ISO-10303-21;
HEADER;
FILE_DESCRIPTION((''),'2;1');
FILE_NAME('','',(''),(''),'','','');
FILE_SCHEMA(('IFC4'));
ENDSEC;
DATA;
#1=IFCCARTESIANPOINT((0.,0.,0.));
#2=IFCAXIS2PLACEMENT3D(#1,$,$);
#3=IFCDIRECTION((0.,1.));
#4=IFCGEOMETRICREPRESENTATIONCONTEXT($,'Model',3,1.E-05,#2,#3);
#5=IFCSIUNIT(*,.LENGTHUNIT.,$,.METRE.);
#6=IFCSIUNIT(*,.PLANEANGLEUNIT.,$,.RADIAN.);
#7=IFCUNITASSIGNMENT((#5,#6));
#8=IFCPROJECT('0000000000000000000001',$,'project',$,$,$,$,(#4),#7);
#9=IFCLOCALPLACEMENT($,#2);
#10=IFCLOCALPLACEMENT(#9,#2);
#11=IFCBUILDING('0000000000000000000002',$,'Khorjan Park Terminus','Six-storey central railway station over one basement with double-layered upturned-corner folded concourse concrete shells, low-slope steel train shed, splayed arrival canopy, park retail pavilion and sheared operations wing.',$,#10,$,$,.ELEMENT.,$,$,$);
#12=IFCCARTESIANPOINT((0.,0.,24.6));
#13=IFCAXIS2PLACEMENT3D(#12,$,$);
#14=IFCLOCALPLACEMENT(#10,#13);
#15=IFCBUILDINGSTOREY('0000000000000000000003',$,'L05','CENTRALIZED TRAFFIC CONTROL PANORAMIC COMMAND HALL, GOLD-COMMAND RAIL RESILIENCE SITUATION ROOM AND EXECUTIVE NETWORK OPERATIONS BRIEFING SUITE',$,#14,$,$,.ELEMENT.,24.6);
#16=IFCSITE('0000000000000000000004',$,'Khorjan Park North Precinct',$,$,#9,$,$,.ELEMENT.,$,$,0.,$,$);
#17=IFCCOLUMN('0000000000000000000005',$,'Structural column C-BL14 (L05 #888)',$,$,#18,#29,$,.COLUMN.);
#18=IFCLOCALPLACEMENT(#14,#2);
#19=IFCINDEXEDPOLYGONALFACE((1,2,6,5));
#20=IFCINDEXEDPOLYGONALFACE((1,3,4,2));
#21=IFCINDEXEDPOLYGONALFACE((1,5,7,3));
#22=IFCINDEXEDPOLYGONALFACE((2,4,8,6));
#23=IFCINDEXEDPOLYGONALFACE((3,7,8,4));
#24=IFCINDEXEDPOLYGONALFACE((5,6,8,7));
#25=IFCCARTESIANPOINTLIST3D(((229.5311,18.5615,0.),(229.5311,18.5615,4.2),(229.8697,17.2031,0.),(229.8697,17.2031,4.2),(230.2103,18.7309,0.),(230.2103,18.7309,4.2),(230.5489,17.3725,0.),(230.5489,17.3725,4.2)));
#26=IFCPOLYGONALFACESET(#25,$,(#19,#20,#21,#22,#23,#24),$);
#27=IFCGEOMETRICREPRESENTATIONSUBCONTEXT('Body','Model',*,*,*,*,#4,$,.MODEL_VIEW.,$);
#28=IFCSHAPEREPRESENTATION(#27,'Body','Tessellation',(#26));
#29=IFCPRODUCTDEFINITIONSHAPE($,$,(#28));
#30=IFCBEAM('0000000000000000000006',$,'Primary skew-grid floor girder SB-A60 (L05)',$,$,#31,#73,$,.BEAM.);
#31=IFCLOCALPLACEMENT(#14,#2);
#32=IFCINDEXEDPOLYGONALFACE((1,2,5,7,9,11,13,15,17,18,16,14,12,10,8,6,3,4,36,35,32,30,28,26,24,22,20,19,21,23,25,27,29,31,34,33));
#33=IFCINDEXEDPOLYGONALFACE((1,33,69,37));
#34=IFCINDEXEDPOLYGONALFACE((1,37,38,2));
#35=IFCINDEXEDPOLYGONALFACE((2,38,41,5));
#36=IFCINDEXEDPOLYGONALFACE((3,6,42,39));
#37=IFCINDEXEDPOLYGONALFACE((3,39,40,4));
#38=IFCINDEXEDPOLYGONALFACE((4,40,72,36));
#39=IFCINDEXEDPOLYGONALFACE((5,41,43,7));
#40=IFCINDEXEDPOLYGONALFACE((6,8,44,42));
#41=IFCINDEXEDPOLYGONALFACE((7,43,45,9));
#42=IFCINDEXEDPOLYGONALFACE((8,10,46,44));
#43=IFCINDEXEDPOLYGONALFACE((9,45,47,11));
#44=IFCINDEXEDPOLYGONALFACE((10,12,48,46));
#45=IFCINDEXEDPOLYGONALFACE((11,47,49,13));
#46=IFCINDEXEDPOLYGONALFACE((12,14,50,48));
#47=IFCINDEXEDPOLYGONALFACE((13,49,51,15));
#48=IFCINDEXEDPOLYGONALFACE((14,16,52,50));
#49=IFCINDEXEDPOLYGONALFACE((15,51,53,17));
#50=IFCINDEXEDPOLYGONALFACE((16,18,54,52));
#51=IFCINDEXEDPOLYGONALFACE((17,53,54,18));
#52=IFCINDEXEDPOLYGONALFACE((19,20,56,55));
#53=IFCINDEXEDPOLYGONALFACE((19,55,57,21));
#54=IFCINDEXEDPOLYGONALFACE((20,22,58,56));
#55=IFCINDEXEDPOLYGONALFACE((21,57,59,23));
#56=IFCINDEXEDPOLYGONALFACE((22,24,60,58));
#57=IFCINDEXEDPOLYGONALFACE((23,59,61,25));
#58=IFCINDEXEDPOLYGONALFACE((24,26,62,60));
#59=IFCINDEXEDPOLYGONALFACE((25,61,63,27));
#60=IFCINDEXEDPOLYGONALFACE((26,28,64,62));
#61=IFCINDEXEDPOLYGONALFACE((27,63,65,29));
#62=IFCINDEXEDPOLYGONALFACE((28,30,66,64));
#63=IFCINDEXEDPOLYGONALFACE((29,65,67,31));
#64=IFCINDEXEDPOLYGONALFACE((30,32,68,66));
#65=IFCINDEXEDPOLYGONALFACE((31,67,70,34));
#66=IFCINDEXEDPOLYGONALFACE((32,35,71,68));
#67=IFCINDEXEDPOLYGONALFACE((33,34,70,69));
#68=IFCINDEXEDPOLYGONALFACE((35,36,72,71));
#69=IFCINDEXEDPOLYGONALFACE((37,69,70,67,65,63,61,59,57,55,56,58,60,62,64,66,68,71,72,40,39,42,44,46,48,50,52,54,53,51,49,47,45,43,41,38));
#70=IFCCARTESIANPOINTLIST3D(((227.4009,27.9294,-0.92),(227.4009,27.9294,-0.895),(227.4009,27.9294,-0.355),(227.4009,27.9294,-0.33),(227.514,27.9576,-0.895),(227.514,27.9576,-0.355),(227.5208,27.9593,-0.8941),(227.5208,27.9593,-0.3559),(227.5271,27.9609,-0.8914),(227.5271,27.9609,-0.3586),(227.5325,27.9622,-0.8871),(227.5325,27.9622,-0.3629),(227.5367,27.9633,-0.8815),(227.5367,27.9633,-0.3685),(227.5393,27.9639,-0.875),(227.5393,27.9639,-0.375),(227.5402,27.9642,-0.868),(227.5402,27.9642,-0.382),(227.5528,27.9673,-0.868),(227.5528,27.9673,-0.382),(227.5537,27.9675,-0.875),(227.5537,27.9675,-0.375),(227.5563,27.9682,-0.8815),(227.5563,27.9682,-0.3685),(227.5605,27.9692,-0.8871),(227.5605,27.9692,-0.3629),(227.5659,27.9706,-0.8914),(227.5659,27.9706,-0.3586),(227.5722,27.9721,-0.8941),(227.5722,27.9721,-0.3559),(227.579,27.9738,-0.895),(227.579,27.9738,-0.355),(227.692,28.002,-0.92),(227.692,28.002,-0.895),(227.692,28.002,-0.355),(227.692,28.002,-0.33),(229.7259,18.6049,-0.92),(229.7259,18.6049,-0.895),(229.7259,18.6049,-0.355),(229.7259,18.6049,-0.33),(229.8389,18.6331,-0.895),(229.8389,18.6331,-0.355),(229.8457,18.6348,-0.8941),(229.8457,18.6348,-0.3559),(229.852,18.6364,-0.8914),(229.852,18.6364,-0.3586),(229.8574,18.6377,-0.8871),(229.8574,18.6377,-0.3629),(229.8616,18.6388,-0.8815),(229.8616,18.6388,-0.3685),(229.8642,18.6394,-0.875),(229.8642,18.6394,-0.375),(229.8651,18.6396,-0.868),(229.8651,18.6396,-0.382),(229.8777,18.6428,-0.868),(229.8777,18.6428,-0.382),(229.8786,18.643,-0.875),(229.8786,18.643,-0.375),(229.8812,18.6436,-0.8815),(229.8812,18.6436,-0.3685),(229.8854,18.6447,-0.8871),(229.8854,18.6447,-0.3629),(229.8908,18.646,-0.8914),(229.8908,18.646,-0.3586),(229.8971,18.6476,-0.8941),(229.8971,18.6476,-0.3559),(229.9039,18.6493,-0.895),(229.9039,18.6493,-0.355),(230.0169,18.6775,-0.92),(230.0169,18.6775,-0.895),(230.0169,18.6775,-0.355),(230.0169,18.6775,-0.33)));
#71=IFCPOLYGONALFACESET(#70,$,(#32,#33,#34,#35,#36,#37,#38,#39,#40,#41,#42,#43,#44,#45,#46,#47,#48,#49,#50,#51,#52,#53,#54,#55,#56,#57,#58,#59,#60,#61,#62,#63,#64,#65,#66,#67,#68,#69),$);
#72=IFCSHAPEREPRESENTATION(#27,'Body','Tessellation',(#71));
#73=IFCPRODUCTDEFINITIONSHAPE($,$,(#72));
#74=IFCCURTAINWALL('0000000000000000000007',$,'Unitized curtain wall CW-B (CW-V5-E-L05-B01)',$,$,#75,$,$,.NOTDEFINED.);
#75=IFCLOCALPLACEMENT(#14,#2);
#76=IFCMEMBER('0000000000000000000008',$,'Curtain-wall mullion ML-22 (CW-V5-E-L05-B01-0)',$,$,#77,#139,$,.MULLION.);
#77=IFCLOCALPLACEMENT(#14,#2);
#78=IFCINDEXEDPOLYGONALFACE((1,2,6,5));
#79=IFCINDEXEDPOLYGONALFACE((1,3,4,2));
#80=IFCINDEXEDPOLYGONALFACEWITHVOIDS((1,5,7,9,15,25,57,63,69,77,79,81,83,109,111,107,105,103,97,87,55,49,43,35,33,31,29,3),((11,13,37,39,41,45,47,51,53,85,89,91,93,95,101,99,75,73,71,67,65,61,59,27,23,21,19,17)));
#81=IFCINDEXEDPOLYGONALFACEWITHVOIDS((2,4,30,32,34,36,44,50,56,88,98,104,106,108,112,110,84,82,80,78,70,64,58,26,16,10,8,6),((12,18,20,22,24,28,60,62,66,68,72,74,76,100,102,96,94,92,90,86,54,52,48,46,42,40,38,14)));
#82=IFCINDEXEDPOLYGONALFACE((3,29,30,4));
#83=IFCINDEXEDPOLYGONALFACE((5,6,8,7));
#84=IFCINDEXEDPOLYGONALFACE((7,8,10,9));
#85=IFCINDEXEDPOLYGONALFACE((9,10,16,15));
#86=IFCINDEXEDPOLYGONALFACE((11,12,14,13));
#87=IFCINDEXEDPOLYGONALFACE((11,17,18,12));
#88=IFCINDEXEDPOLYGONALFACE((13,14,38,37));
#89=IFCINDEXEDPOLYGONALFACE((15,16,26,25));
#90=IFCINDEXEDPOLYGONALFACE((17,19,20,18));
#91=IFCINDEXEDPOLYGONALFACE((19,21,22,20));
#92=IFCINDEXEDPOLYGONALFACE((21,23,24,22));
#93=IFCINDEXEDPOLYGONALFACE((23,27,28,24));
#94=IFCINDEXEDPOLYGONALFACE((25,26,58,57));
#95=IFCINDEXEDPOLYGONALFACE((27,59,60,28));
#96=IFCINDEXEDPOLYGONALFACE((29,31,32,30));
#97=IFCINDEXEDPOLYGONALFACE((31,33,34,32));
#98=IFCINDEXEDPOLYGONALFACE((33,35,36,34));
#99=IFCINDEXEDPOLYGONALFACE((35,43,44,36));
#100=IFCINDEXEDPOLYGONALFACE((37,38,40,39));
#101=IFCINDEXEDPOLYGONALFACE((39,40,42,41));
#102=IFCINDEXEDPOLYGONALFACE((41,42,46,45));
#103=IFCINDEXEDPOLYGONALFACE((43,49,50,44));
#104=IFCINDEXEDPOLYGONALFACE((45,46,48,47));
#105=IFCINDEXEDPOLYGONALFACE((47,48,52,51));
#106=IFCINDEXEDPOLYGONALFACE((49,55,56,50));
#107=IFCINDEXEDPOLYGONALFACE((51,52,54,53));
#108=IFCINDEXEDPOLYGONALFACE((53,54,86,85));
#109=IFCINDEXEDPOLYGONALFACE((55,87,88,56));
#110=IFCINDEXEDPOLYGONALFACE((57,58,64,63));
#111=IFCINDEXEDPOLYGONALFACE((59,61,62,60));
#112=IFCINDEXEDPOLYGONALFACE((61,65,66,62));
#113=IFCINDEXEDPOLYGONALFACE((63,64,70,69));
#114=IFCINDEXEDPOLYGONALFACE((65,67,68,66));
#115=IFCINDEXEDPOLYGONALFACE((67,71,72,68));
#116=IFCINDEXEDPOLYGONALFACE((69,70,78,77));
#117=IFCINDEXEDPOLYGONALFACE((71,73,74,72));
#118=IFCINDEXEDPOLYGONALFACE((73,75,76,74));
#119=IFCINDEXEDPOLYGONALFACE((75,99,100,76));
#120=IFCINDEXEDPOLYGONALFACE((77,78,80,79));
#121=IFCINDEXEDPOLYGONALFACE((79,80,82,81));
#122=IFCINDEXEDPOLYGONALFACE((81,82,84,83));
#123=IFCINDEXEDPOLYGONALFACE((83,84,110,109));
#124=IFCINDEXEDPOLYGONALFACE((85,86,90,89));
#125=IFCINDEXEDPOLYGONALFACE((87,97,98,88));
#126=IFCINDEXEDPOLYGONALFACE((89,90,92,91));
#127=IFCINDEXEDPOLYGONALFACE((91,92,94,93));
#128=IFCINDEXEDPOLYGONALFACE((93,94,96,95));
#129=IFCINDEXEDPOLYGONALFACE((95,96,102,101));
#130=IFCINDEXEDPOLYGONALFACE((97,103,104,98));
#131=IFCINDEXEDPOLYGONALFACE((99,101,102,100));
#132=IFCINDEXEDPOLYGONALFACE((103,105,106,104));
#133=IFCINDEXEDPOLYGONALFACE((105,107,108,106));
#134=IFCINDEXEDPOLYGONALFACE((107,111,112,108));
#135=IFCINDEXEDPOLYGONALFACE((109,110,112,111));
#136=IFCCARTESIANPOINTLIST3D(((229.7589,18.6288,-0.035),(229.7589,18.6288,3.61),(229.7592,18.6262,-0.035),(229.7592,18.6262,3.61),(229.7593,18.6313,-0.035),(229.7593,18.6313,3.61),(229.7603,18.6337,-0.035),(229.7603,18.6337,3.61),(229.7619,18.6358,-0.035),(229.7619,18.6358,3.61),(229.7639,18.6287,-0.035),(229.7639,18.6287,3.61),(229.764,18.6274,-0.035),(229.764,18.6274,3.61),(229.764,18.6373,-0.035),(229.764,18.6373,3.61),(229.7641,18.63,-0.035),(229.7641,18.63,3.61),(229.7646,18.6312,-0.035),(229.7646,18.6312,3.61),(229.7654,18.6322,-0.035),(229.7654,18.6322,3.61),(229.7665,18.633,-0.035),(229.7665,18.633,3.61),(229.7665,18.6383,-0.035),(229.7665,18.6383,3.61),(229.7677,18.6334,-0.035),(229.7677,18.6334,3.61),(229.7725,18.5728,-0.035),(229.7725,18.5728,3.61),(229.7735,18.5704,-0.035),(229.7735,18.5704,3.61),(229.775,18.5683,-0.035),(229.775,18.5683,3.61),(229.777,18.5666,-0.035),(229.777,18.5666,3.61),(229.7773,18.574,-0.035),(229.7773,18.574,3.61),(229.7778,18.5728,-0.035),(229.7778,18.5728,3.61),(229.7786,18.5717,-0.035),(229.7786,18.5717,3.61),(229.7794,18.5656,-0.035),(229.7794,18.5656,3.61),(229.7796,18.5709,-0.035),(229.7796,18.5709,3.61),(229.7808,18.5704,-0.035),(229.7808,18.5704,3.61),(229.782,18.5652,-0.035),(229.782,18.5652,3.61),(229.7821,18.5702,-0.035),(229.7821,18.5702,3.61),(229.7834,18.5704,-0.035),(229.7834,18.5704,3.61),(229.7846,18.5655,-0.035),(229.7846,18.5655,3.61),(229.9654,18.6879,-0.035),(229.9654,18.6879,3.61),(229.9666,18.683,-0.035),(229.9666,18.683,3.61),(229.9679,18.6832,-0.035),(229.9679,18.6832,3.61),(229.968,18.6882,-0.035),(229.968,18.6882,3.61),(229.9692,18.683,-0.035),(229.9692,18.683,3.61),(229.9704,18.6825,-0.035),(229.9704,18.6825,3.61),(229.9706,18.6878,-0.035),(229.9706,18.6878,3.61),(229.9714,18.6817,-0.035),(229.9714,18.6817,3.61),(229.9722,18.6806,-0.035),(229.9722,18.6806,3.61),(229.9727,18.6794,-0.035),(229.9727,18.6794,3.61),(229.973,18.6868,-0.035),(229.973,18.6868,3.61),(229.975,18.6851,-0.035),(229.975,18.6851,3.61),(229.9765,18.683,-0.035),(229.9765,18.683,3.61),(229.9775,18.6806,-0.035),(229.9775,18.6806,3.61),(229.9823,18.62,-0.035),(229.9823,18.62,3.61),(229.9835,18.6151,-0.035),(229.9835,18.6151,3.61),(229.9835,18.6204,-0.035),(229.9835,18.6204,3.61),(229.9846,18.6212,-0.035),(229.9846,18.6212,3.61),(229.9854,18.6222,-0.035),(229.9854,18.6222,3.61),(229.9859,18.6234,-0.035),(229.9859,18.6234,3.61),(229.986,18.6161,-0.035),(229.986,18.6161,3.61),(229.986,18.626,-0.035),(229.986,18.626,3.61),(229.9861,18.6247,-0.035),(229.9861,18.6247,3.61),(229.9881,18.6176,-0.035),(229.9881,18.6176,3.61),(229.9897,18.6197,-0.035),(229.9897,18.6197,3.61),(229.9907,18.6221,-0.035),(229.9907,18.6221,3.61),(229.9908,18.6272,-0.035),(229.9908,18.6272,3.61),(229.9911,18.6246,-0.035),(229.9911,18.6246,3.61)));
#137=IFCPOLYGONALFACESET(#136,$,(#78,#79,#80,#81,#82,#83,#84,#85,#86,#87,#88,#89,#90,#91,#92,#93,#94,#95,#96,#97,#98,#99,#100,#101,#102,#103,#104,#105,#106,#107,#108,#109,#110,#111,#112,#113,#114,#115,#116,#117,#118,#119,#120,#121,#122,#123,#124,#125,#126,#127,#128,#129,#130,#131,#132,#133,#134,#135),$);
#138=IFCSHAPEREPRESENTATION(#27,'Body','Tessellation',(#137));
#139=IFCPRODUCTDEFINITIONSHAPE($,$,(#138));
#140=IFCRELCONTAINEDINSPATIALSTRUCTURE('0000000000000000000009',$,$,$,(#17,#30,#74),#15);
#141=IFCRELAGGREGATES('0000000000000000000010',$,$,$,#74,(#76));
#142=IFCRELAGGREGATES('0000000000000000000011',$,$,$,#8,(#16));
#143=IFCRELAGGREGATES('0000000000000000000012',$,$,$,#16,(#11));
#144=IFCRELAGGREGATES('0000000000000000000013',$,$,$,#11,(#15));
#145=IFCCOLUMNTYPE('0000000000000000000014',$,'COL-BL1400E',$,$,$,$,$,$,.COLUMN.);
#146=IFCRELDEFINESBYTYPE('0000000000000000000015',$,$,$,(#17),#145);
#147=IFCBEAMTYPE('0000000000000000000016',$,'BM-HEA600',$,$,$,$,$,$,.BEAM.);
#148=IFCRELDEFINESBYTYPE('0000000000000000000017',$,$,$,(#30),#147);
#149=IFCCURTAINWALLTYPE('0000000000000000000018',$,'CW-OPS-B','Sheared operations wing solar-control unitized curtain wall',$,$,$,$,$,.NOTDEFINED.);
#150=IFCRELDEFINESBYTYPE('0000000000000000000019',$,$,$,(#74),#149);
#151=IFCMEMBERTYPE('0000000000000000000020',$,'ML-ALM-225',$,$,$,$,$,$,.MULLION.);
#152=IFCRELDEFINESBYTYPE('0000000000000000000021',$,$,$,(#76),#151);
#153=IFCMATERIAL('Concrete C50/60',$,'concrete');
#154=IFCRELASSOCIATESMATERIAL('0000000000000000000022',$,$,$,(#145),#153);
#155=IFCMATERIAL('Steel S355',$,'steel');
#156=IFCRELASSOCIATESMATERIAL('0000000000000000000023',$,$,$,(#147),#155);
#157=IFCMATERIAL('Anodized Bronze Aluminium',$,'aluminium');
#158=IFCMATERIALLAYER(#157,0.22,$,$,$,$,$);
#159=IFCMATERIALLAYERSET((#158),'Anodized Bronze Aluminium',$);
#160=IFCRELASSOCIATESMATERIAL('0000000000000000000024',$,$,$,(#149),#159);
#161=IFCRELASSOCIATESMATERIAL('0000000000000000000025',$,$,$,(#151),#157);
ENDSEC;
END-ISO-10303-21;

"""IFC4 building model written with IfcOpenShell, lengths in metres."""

from ifc_helpers import new_model, si_unit, direction, frame, origin, origin_2d, place, context, subcontext, project, spatial, rectangle, hollow_rectangle, i_section, extrude, material, layer, layer_set, material_profile, profile_set, type_object, element, aggregate, save


model = new_model("IFC4")

# Units and contexts
model_context = context("Model", 3, precision=1e-05, world=origin(), true_north=direction((0.0, 1.0)))
body_context = subcontext(model_context, "Body", "Model", "MODEL_VIEW")
ifc_project = project(units=[si_unit("LENGTHUNIT", "METRE"), si_unit("PLANEANGLEUNIT", "RADIAN")], contexts=[model_context])

# Site, building, storey
site_placement = place(None, origin())
site = spatial("IfcSite", under=ifc_project, at=site_placement, Name="Khorjan Park North Precinct", CompositionType="ELEMENT", RefElevation=0.0)
building_placement = place(site_placement, origin())
building = spatial("IfcBuilding", under=site, at=building_placement, Name="Khorjan Park Terminus", Description="Six-storey central railway station over one basement with double-layered upturned-corner folded concourse concrete shells, low-slope steel train shed, splayed arrival canopy, park retail pavilion and sheared operations wing.", CompositionType="ELEMENT")
storey_placement = place(building_placement, frame((0.0, 0.0, 24.6)))
storey = spatial("IfcBuildingStorey", under=building, at=storey_placement, Name="L05", Description="CENTRALIZED TRAFFIC CONTROL PANORAMIC COMMAND HALL, GOLD-COMMAND RAIL RESILIENCE SITUATION ROOM AND EXECUTIVE NETWORK OPERATIONS BRIEFING SUITE", CompositionType="ELEMENT", Elevation=24.6)

# Column
ifc_material_1 = material(Name="Concrete C50/60", Category="concrete")
ifc_material_profile_1 = material_profile(ifc_material_1, rectangle(XDim=0.7, YDim=1.4, at=origin_2d()), Name="RC 700x1400")
ifc_profile_set_1 = profile_set([ifc_material_profile_1], Name="Concrete C50/60")
column_type = type_object("IfcColumnType", Name="COL-BL1400E", PredefinedType="COLUMN", material=ifc_profile_set_1)
column_placement = place(storey_placement, frame((230.04, 17.967, 0.0), z_axis=(0.0, 0.0, 1.0), x_axis=(0.970296, 0.241922, 0.0)))
element("IfcColumn", 1, at=column_placement, inside=storey, type_object=column_type, Name="Structural column C-BL14 (L05 #888)", PredefinedType="COLUMN", context=body_context, shape_type="SweptSolid", body=[
    extrude(rectangle(XDim=0.7, YDim=1.4, at=origin_2d()), origin(), (0.0, 0.0, 1.0), 4.2),
])

# Beam
ifc_material_2 = material(Name="Steel S355", Category="steel")
ifc_material_profile_2 = material_profile(ifc_material_2, i_section(OverallWidth=0.3, OverallDepth=0.59, WebThickness=0.013, FlangeThickness=0.025, FilletRadius=0.027, at=origin_2d()), Name="HEA 600")
ifc_profile_set_2 = profile_set([ifc_material_profile_2], Name="Steel S355")
beam_type = type_object("IfcBeamType", Name="BM-HEA600", PredefinedType="BEAM", material=ifc_profile_set_2)
beam_placement = place(storey_placement, frame((229.8714, 18.6412, -0.625), z_axis=(-0.241926, 0.970295, 0.0), x_axis=(-0.970295, -0.241926, 0.0)))
element("IfcBeam", 2, at=beam_placement, inside=storey, type_object=beam_type, Name="Primary skew-grid floor girder SB-A60 (L05)", PredefinedType="BEAM", context=body_context, shape_type="SweptSolid", body=[
    extrude(i_section(OverallWidth=0.3, OverallDepth=0.59, WebThickness=0.013, FlangeThickness=0.025, FilletRadius=0.027, at=origin_2d()), origin(), (0.0, 0.0, 1.0), 9.61),
])

# Curtain wall, member
ifc_material_3 = material(Name="Anodized Bronze Aluminium", Category="aluminium")
ifc_layer_1 = layer(ifc_material_3, 0.22)
ifc_layer_set_1 = layer_set([ifc_layer_1], Name="Anodized Bronze Aluminium")
curtain_wall_type = type_object("IfcCurtainWallType", Name="CW-OPS-B", Description="Sheared operations wing solar-control unitized curtain wall", PredefinedType="NOTDEFINED", material=ifc_layer_set_1)
curtain_wall_placement = place(storey_placement, origin())
curtain_wall = element("IfcCurtainWall", 3, at=curtain_wall_placement, inside=storey, type_object=curtain_wall_type, Name="Unitized curtain wall CW-B (CW-V5-E-L05-B01)", PredefinedType="NOTDEFINED")
ifc_material_profile_3 = material_profile(ifc_material_3, hollow_rectangle(XDim=0.075, YDim=0.225, WallThickness=0.005, InnerFilletRadius=0.005, OuterFilletRadius=0.01, at=origin_2d()), Name="ALM 75x225x5")
ifc_profile_set_3 = profile_set([ifc_material_profile_3], Name="Anodized Bronze Aluminium")
member_type_1 = type_object("IfcMemberType", Name="ML-ALM-225", PredefinedType="MULLION", material=ifc_profile_set_3)
member_1_placement = place(storey_placement, frame((229.875, 18.6267, -0.035), z_axis=(0.0, 0.0, 1.0), x_axis=(-0.24192, 0.970296, 0.0)))
member_1 = element("IfcMember", 4, at=member_1_placement, type_object=member_type_1, Name="Curtain-wall mullion ML-22 (CW-V5-E-L05-B01-0)", PredefinedType="MULLION", context=body_context, shape_type="SweptSolid", body=[
    extrude(hollow_rectangle(XDim=0.075, YDim=0.225, WallThickness=0.005, InnerFilletRadius=0.005, OuterFilletRadius=0.01, at=origin_2d()), origin(), (0.0, 0.0, 1.0), 3.645),
])
aggregate(curtain_wall, [member_1])

save(model, "model.ifc")
